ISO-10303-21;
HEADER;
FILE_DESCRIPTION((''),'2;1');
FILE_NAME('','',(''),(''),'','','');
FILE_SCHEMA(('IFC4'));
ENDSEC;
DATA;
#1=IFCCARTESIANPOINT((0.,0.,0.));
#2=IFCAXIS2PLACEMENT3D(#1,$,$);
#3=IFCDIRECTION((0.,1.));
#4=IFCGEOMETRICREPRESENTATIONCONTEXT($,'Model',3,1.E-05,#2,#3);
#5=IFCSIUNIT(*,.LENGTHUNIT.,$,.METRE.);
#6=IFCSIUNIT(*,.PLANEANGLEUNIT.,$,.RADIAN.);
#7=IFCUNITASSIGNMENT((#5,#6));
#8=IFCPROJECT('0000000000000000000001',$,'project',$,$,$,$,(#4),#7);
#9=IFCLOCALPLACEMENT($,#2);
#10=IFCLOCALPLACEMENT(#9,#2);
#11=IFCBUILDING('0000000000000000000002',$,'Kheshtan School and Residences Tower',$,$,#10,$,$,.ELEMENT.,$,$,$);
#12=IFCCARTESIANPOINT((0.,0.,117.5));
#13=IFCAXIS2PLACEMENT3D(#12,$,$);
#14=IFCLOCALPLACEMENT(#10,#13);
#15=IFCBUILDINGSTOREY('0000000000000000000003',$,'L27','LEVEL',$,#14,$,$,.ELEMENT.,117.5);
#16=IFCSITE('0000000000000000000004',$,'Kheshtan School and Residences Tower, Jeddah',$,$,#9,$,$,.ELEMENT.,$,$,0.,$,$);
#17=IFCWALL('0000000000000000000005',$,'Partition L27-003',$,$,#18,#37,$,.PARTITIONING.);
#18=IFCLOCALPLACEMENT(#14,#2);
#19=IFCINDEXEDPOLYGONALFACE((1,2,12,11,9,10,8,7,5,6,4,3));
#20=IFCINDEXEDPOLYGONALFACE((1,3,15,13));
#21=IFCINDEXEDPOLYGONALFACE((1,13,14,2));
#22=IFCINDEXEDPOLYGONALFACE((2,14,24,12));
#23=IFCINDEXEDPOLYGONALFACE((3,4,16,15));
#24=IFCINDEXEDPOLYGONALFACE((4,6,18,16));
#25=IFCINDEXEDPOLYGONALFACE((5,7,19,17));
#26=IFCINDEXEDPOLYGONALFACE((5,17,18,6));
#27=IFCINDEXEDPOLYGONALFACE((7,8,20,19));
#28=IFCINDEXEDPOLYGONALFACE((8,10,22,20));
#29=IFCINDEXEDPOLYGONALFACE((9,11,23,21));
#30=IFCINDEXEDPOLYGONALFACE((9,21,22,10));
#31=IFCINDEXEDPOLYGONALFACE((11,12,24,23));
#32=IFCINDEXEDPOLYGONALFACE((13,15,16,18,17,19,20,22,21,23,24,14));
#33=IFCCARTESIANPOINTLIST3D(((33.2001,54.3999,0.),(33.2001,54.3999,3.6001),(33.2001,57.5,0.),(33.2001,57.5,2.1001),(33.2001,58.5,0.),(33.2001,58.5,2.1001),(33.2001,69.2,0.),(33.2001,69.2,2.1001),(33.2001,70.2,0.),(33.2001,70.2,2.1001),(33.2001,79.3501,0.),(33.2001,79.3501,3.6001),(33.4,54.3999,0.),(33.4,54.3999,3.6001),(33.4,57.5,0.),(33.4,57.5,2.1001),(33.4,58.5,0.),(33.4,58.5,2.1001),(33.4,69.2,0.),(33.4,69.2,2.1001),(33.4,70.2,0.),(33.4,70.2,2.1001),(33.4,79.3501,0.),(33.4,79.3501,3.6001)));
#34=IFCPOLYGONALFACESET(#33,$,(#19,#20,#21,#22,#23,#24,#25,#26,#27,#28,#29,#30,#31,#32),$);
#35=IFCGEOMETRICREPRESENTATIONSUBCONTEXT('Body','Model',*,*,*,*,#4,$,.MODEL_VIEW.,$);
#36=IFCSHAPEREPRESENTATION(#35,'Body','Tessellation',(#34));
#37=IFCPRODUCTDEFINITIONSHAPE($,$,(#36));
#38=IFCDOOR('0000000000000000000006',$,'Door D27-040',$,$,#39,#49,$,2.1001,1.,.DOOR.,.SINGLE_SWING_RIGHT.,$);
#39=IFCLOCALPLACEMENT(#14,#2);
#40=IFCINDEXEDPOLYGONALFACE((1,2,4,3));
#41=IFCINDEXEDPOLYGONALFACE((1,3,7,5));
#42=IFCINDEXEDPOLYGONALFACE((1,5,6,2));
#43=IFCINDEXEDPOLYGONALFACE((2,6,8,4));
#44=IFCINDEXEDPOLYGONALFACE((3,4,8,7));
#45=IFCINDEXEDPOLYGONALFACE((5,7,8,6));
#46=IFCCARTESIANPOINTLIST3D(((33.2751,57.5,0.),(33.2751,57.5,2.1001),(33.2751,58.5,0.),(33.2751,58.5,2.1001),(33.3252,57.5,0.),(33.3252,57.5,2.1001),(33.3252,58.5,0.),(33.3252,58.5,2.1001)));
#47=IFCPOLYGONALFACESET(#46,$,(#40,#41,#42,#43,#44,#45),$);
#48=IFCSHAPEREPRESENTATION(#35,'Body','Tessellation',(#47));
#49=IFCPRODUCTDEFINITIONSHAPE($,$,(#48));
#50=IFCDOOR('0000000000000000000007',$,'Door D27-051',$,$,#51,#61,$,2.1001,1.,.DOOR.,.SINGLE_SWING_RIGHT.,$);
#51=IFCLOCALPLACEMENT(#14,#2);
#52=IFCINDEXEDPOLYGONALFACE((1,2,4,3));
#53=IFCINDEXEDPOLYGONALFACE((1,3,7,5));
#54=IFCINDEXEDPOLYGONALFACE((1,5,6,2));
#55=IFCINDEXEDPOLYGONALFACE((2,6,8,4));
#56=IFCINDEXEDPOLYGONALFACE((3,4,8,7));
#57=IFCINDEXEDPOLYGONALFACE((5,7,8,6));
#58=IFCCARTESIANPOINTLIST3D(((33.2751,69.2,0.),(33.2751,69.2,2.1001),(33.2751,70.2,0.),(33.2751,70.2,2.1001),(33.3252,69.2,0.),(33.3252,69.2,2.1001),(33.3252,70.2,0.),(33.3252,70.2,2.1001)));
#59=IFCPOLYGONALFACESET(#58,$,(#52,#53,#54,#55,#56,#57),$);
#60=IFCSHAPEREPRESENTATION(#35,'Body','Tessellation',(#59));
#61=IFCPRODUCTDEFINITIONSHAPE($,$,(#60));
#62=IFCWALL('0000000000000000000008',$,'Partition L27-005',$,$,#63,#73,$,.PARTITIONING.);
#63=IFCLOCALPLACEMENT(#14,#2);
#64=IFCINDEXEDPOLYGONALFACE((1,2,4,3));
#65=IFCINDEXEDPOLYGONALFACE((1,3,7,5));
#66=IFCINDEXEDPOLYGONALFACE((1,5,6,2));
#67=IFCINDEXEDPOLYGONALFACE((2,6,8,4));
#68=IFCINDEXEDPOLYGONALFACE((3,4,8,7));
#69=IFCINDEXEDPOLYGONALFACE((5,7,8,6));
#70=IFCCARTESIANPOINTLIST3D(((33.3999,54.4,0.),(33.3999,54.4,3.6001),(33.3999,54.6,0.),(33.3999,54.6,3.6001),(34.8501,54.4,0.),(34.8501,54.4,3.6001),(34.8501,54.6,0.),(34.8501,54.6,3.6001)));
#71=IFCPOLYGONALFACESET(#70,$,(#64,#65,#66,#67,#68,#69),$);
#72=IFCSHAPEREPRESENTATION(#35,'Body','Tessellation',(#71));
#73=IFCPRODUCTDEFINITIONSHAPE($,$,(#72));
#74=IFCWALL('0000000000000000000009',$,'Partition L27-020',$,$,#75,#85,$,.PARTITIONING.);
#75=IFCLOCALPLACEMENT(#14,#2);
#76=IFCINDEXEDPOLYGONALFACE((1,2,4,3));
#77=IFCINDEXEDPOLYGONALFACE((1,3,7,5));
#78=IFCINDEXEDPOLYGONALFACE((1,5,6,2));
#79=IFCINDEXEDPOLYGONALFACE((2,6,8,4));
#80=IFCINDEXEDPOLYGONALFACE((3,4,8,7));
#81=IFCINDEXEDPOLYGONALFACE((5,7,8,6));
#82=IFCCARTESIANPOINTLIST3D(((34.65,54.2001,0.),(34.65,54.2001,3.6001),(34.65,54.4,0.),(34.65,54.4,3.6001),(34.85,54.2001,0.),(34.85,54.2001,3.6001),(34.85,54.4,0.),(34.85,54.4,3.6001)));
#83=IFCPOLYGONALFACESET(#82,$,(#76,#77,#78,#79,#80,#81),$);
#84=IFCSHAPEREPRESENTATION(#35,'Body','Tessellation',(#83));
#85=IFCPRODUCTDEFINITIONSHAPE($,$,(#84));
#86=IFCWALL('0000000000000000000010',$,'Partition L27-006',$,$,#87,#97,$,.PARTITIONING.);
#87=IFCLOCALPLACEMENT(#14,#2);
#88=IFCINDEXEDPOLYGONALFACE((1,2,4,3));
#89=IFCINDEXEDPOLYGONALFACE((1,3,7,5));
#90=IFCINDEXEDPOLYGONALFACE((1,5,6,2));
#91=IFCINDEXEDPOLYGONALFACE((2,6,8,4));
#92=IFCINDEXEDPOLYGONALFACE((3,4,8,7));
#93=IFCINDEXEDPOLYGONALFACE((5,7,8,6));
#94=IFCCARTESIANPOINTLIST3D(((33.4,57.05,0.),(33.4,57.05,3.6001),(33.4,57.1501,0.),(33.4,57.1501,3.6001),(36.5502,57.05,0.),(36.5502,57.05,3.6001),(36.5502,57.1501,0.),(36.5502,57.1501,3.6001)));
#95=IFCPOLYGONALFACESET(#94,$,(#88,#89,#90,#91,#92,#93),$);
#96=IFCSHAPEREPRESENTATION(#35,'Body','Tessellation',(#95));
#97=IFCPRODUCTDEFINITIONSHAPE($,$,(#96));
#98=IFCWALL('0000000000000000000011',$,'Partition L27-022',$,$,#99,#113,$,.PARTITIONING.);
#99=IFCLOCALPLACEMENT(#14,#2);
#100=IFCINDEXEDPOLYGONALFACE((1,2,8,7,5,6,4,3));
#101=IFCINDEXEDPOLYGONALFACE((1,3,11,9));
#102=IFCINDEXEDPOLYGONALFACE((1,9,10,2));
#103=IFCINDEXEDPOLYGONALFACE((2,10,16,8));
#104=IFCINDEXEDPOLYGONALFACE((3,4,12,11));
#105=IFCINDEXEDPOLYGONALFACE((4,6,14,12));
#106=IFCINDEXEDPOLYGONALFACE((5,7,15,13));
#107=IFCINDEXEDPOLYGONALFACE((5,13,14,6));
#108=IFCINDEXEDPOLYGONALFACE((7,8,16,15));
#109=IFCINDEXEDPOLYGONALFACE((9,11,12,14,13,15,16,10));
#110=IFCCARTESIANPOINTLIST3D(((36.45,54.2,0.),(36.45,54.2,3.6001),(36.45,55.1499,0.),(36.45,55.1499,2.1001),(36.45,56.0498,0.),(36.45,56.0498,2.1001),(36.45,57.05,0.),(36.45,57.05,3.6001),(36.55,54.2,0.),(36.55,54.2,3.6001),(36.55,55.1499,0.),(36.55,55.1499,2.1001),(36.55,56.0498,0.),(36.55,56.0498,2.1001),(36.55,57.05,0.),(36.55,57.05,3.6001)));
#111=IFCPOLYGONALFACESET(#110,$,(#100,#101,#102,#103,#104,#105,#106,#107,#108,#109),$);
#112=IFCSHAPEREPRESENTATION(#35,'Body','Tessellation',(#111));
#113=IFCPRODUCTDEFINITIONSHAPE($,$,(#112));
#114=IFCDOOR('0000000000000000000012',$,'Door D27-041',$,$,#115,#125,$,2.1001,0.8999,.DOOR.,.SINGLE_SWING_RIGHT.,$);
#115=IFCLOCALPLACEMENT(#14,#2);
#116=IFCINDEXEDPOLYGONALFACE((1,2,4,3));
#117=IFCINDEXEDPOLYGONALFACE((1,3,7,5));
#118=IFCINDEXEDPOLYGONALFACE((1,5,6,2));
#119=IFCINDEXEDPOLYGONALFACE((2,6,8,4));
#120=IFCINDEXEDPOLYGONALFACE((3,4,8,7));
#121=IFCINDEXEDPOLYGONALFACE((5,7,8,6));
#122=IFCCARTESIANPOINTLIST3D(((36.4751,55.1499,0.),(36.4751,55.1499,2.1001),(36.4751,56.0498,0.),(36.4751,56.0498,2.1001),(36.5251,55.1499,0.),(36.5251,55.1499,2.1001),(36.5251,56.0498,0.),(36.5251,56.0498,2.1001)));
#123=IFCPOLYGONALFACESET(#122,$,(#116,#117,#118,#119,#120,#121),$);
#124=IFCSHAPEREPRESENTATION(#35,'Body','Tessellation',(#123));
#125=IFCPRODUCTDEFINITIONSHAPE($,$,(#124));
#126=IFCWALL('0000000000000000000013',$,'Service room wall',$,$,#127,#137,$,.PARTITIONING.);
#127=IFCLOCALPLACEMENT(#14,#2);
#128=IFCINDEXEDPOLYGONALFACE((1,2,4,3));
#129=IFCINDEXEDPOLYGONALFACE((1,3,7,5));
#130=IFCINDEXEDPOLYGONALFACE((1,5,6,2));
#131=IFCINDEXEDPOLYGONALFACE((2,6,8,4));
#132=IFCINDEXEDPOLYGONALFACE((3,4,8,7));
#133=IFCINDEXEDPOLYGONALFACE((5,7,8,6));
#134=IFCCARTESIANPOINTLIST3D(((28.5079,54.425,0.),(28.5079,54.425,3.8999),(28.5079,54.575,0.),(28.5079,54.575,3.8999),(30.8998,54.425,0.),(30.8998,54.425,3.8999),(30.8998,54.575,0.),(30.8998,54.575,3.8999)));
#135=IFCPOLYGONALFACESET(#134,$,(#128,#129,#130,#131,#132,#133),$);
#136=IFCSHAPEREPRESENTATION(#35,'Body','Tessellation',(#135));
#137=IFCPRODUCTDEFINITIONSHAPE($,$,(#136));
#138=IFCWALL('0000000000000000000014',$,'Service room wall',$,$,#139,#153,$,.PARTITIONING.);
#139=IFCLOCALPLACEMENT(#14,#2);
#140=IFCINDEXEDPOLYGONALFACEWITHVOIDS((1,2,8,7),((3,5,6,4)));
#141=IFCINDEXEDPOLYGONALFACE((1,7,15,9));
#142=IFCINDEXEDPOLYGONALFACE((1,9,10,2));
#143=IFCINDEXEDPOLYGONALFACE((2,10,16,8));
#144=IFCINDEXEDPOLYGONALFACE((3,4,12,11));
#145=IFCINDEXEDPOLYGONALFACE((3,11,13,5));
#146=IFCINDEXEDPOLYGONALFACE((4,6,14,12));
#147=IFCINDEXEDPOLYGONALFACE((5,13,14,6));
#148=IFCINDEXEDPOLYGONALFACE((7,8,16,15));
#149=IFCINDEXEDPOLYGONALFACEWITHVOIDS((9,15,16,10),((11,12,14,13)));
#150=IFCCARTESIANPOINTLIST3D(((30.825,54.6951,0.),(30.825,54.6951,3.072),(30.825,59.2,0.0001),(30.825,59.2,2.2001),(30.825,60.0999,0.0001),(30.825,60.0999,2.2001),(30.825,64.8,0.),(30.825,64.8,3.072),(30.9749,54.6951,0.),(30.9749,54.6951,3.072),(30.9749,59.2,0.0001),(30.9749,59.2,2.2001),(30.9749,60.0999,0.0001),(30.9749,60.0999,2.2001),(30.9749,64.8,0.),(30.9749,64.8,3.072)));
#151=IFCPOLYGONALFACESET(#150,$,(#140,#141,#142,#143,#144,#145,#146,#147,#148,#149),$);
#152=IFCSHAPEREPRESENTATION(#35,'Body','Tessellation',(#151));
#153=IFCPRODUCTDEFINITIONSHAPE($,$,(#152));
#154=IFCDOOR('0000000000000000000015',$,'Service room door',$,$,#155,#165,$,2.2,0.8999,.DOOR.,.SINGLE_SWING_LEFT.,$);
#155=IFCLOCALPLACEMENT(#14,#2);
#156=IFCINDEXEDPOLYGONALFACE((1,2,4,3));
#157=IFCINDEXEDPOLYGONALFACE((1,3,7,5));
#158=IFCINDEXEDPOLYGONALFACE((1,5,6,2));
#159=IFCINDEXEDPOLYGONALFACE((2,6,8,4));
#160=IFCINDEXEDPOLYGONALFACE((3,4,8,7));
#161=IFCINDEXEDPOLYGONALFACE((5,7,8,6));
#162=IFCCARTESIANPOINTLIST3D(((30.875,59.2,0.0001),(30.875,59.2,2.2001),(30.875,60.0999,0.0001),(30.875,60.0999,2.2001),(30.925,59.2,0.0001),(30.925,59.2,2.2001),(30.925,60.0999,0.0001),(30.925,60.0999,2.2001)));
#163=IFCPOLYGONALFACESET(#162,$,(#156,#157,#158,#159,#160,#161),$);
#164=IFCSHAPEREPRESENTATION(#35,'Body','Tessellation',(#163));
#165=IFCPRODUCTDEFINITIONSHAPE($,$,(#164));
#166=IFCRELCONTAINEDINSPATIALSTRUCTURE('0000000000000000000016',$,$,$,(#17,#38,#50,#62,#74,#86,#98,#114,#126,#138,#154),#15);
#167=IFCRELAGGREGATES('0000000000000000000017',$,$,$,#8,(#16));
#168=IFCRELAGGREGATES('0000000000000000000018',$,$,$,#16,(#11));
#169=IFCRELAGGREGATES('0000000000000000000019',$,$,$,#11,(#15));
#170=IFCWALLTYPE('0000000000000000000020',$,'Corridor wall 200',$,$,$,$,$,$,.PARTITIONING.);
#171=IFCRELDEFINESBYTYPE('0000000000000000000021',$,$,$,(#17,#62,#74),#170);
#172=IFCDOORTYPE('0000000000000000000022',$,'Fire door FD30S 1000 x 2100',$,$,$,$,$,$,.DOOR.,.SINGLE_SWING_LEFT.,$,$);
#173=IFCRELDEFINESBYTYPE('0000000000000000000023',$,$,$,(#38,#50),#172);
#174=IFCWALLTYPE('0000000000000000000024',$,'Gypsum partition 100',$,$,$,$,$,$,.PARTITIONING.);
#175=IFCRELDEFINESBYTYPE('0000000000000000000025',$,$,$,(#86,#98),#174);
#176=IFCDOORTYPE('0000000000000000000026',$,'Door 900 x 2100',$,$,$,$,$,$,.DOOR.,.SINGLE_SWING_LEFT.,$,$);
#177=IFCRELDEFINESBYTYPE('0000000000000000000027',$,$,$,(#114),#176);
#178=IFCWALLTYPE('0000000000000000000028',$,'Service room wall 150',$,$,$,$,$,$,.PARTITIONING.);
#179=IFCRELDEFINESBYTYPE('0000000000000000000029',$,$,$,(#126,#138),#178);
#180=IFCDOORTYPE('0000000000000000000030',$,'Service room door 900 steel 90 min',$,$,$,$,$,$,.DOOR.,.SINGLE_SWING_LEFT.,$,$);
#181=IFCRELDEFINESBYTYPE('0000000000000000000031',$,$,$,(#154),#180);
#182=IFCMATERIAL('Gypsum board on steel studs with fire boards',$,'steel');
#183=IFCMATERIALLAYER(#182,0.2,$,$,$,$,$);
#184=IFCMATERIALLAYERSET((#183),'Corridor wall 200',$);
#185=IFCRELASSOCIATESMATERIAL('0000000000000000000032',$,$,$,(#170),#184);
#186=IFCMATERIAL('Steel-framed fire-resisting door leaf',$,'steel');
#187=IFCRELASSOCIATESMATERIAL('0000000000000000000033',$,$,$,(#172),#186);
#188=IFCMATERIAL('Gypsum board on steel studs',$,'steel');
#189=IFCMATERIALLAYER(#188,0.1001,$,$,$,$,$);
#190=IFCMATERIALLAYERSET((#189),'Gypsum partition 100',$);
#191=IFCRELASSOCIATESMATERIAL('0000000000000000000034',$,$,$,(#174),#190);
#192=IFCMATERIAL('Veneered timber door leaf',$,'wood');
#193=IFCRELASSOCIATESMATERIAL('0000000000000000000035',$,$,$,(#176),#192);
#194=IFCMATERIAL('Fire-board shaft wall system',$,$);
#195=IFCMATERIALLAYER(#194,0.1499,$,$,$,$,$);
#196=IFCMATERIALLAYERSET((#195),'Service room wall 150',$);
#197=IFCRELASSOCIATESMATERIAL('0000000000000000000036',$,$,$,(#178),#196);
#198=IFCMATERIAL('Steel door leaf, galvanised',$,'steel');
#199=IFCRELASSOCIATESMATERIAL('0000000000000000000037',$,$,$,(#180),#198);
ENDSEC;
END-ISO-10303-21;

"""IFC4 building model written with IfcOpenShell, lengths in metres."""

from ifc_helpers import new_model, si_unit, direction, frame, frame_2d, origin, place, context, subcontext, project, spatial, rectangle, extrude, source, transform, mapped, material, layer, layer_set, type_object, element, fill, save


model = new_model("IFC4")

# Units and contexts
model_context = context("Model", 3, precision=1e-05, world=origin(), true_north=direction((0.0, 1.0)))
body_context = subcontext(model_context, "Body", "Model", "MODEL_VIEW")
ifc_project = project(units=[si_unit("LENGTHUNIT", "METRE"), si_unit("PLANEANGLEUNIT", "RADIAN")], contexts=[model_context])

# Site, building, storey
site_placement = place(None, origin())
site = spatial("IfcSite", under=ifc_project, at=site_placement, Name="Kheshtan School and Residences Tower, Jeddah", CompositionType="ELEMENT", RefElevation=0.0)
building_placement = place(site_placement, origin())
building = spatial("IfcBuilding", under=site, at=building_placement, Name="Kheshtan School and Residences Tower", CompositionType="ELEMENT")
storey_placement = place(building_placement, frame((0.0, 0.0, 117.5)))
storey = spatial("IfcBuildingStorey", under=building, at=storey_placement, Name="L27", Description="LEVEL", CompositionType="ELEMENT", Elevation=117.5)

# Wall, openings, doors
ifc_material_1 = material(Name="Gypsum board on steel studs with fire boards", Category="steel")
ifc_layer_1 = layer(ifc_material_1, 0.2)
ifc_layer_set_1 = layer_set([ifc_layer_1], Name="Corridor wall 200")
wall_type_1 = type_object("IfcWallType", Name="Corridor wall 200", PredefinedType="PARTITIONING", material=ifc_layer_set_1)
wall_1_placement = place(storey_placement, frame((33.3, 54.3999, 0.0), z_axis=(0.0, 0.0, 1.0), x_axis=(0.0, 1.0, 0.0)))
wall_1 = element("IfcWall", 1, at=wall_1_placement, inside=storey, type_object=wall_type_1, Name="Partition L27-003", PredefinedType="PARTITIONING", context=body_context, shape_type="SweptSolid", body=[
    extrude(rectangle(XDim=24.9502, YDim=0.2, at=frame_2d((12.4751, 0.0))), origin(), (0.0, 0.0, 1.0), 3.6001),
])
opening_1_placement = place(wall_1_placement, frame((3.1001, 0.0, 0.0)))
opening_1 = element("IfcOpeningElement", 2, at=opening_1_placement, cuts=wall_1, PredefinedType="OPENING", context=body_context, shape_type="SweptSolid", body=[
    extrude(rectangle(XDim=1.0, YDim=2.1001, at=frame_2d((0.5, 1.05))), frame((0.0, 0.1099, 0.0), z_axis=(0.0, -1.0, 0.0), x_axis=(1.0, 0.0, 0.0)), (0.0, 0.0, 1.0), 0.22),
])
opening_2_placement = place(wall_1_placement, frame((14.8, 0.0, 0.0)))
opening_2 = element("IfcOpeningElement", 3, at=opening_2_placement, cuts=wall_1, PredefinedType="OPENING", context=body_context, shape_type="SweptSolid", body=[
    extrude(rectangle(XDim=1.0, YDim=2.1001, at=frame_2d((0.5, 1.05))), frame((0.0, 0.1099, 0.0), z_axis=(0.0, -1.0, 0.0), x_axis=(1.0, 0.0, 0.0)), (0.0, 0.0, 1.0), 0.22),
])
ifc_material_2 = material(Name="Steel-framed fire-resisting door leaf", Category="steel")
door_type_1 = type_object("IfcDoorType", Name="Fire door FD30S 1000 x 2100", OperationType="SINGLE_SWING_LEFT", PredefinedType="DOOR", material=ifc_material_2)
shared_shape_1 = source(origin(), body_context, "Body", "SweptSolid", [
    extrude(rectangle(XDim=1.0, YDim=2.1001, at=frame_2d((0.5, 1.05))), frame((0.0, 0.0249, 0.0), z_axis=(0.0, -1.0, 0.0), x_axis=(1.0, 0.0, 0.0)), (0.0, 0.0, 1.0), 0.05),
])
door_1_placement = place(opening_1_placement, origin())
door_1 = element("IfcDoor", 4, at=door_1_placement, inside=storey, type_object=door_type_1, Name="Door D27-040", OperationType="SINGLE_SWING_RIGHT", OverallHeight=2.1001, OverallWidth=1.0, PredefinedType="DOOR", context=body_context, shape_type="MappedRepresentation", body=[
    mapped(shared_shape_1, transform((0.0, 0.0, 0.0), x_axis=(1.0, 0.0, 0.0), y_axis=(0.0, 1.0, 0.0), z_axis=(0.0, 0.0, 1.0), scale=1.0)),
])
fill(opening_1, door_1)
door_2_placement = place(opening_2_placement, origin())
door_2 = element("IfcDoor", 5, at=door_2_placement, inside=storey, type_object=door_type_1, Name="Door D27-051", OperationType="SINGLE_SWING_RIGHT", OverallHeight=2.1001, OverallWidth=1.0, PredefinedType="DOOR", context=body_context, shape_type="MappedRepresentation", body=[
    mapped(shared_shape_1, transform((0.0, 0.0, 0.0), x_axis=(1.0, 0.0, 0.0), y_axis=(0.0, 1.0, 0.0), z_axis=(0.0, 0.0, 1.0), scale=1.0)),
])
fill(opening_2, door_2)

# Walls
wall_2_placement = place(storey_placement, frame((33.3999, 54.5, 0.0), z_axis=(0.0, 0.0, 1.0), x_axis=(1.0, 0.0, 0.0)))
element("IfcWall", 6, at=wall_2_placement, inside=storey, type_object=wall_type_1, Name="Partition L27-005", PredefinedType="PARTITIONING", context=body_context, shape_type="SweptSolid", body=[
    extrude(rectangle(XDim=1.4502, YDim=0.2, at=frame_2d((0.7251, 0.0))), origin(), (0.0, 0.0, 1.0), 3.6001),
])
wall_3_placement = place(storey_placement, frame((34.75, 54.2, 0.0), z_axis=(0.0, 0.0, 1.0), x_axis=(0.0, 1.0, 0.0)))
element("IfcWall", 7, at=wall_3_placement, inside=storey, type_object=wall_type_1, Name="Partition L27-020", PredefinedType="PARTITIONING", context=body_context, shape_type="SweptSolid", body=[
    extrude(rectangle(XDim=0.2, YDim=0.2, at=frame_2d((0.1001, 0.0))), origin(), (0.0, 0.0, 1.0), 3.6001),
])
ifc_material_3 = material(Name="Gypsum board on steel studs", Category="steel")
ifc_layer_2 = layer(ifc_material_3, 0.1001)
ifc_layer_set_2 = layer_set([ifc_layer_2], Name="Gypsum partition 100")
wall_type_2 = type_object("IfcWallType", Name="Gypsum partition 100", PredefinedType="PARTITIONING", material=ifc_layer_set_2)
wall_4_placement = place(storey_placement, frame((33.3999, 57.1001, 0.0), z_axis=(0.0, 0.0, 1.0), x_axis=(1.0, 0.0, 0.0)))
element("IfcWall", 8, at=wall_4_placement, inside=storey, type_object=wall_type_2, Name="Partition L27-006", PredefinedType="PARTITIONING", context=body_context, shape_type="SweptSolid", body=[
    extrude(rectangle(XDim=3.1501, YDim=0.1001, at=frame_2d((1.5752, 0.0))), origin(), (0.0, 0.0, 1.0), 3.6001),
])

# Wall, opening, door
wall_5_placement = place(storey_placement, frame((36.5, 54.2, 0.0), z_axis=(0.0, 0.0, 1.0), x_axis=(0.0, 1.0, 0.0)))
wall_5 = element("IfcWall", 9, at=wall_5_placement, inside=storey, type_object=wall_type_2, Name="Partition L27-022", PredefinedType="PARTITIONING", context=body_context, shape_type="SweptSolid", body=[
    extrude(rectangle(XDim=2.8501, YDim=0.1001, at=frame_2d((1.425, 0.0))), origin(), (0.0, 0.0, 1.0), 3.6001),
])
opening_3_placement = place(wall_5_placement, frame((0.95, 0.0, 0.0)))
opening_3 = element("IfcOpeningElement", 10, at=opening_3_placement, cuts=wall_5, PredefinedType="OPENING", context=body_context, shape_type="SweptSolid", body=[
    extrude(rectangle(XDim=0.8999, YDim=2.1001, at=frame_2d((0.45, 1.05))), frame((0.0, 0.0601, 0.0), z_axis=(0.0, -1.0, 0.0), x_axis=(1.0, 0.0, 0.0)), (0.0, 0.0, 1.0), 0.1201),
])
ifc_material_4 = material(Name="Veneered timber door leaf", Category="wood")
door_type_2 = type_object("IfcDoorType", Name="Door 900 x 2100", OperationType="SINGLE_SWING_LEFT", PredefinedType="DOOR", material=ifc_material_4)
shared_shape_2 = source(origin(), body_context, "Body", "SweptSolid", [
    extrude(rectangle(XDim=0.8999, YDim=2.1001, at=frame_2d((0.45, 1.05))), frame((0.0, 0.0249, 0.0), z_axis=(0.0, -1.0, 0.0), x_axis=(1.0, 0.0, 0.0)), (0.0, 0.0, 1.0), 0.05),
])
door_3_placement = place(opening_3_placement, origin())
door_3 = element("IfcDoor", 11, at=door_3_placement, inside=storey, type_object=door_type_2, Name="Door D27-041", OperationType="SINGLE_SWING_RIGHT", OverallHeight=2.1001, OverallWidth=0.8999, PredefinedType="DOOR", context=body_context, shape_type="MappedRepresentation", body=[
    mapped(shared_shape_2, transform((0.0, 0.0, 0.0), x_axis=(1.0, 0.0, 0.0), y_axis=(0.0, 1.0, 0.0), z_axis=(0.0, 0.0, 1.0), scale=1.0)),
])
fill(opening_3, door_3)

# Wall
ifc_material_5 = material(Name="Fire-board shaft wall system")
ifc_layer_3 = layer(ifc_material_5, 0.1499)
ifc_layer_set_3 = layer_set([ifc_layer_3], Name="Service room wall 150")
wall_type_3 = type_object("IfcWallType", Name="Service room wall 150", PredefinedType="PARTITIONING", material=ifc_layer_set_3)
wall_6_placement = place(storey_placement, frame((28.5081, 54.5, 0.0), z_axis=(0.0, 0.0, 1.0), x_axis=(1.0, 0.0, 0.0)))
element("IfcWall", 12, at=wall_6_placement, inside=storey, type_object=wall_type_3, Name="Service room wall", PredefinedType="PARTITIONING", context=body_context, shape_type="SweptSolid", body=[
    extrude(rectangle(XDim=2.3918, YDim=0.1499, at=frame_2d((1.1958, 0.0))), origin(), (0.0, 0.0, 1.0), 3.8999),
])

# Wall, opening, door
wall_7_placement = place(storey_placement, frame((30.8999, 54.6951, 0.0), z_axis=(0.0, 0.0, 1.0), x_axis=(0.0, 1.0, 0.0)))
wall_7 = element("IfcWall", 13, at=wall_7_placement, inside=storey, type_object=wall_type_3, Name="Service room wall", PredefinedType="PARTITIONING", context=body_context, shape_type="SweptSolid", body=[
    extrude(rectangle(XDim=10.105, YDim=0.1499, at=frame_2d((5.0525, 0.0))), origin(), (0.0, 0.0, 1.0), 3.072),
])
opening_4_placement = place(wall_7_placement, frame((4.5049, 0.0, 0.0)))
opening_4 = element("IfcOpeningElement", 14, at=opening_4_placement, cuts=wall_7, PredefinedType="OPENING", context=body_context, shape_type="SweptSolid", body=[
    extrude(rectangle(XDim=0.8999, YDim=2.2, at=frame_2d((0.45, 1.1001))), frame((0.0, 0.085, 0.0), z_axis=(0.0, -1.0, 0.0), x_axis=(1.0, 0.0, 0.0)), (0.0, 0.0, 1.0), 0.1699),
])
ifc_material_6 = material(Name="Steel door leaf, galvanised", Category="steel")
door_type_3 = type_object("IfcDoorType", Name="Service room door 900 steel 90 min", OperationType="SINGLE_SWING_LEFT", PredefinedType="DOOR", material=ifc_material_6)
shared_shape_3 = source(origin(), body_context, "Body", "SweptSolid", [
    extrude(rectangle(XDim=0.8999, YDim=2.2, at=frame_2d((0.45, 1.1001))), frame((0.0, 0.0249, 0.0), z_axis=(0.0, -1.0, 0.0), x_axis=(1.0, 0.0, 0.0)), (0.0, 0.0, 1.0), 0.05),
])
door_4_placement = place(opening_4_placement, origin())
door_4 = element("IfcDoor", 15, at=door_4_placement, inside=storey, type_object=door_type_3, Name="Service room door", OperationType="SINGLE_SWING_LEFT", OverallHeight=2.2, OverallWidth=0.8999, PredefinedType="DOOR", context=body_context, shape_type="MappedRepresentation", body=[
    mapped(shared_shape_3, transform((0.0, 0.0, 0.0), x_axis=(1.0, 0.0, 0.0), y_axis=(0.0, 1.0, 0.0), z_axis=(0.0, 0.0, 1.0), scale=1.0)),
])
fill(opening_4, door_4)

save(model, "model.ifc")
